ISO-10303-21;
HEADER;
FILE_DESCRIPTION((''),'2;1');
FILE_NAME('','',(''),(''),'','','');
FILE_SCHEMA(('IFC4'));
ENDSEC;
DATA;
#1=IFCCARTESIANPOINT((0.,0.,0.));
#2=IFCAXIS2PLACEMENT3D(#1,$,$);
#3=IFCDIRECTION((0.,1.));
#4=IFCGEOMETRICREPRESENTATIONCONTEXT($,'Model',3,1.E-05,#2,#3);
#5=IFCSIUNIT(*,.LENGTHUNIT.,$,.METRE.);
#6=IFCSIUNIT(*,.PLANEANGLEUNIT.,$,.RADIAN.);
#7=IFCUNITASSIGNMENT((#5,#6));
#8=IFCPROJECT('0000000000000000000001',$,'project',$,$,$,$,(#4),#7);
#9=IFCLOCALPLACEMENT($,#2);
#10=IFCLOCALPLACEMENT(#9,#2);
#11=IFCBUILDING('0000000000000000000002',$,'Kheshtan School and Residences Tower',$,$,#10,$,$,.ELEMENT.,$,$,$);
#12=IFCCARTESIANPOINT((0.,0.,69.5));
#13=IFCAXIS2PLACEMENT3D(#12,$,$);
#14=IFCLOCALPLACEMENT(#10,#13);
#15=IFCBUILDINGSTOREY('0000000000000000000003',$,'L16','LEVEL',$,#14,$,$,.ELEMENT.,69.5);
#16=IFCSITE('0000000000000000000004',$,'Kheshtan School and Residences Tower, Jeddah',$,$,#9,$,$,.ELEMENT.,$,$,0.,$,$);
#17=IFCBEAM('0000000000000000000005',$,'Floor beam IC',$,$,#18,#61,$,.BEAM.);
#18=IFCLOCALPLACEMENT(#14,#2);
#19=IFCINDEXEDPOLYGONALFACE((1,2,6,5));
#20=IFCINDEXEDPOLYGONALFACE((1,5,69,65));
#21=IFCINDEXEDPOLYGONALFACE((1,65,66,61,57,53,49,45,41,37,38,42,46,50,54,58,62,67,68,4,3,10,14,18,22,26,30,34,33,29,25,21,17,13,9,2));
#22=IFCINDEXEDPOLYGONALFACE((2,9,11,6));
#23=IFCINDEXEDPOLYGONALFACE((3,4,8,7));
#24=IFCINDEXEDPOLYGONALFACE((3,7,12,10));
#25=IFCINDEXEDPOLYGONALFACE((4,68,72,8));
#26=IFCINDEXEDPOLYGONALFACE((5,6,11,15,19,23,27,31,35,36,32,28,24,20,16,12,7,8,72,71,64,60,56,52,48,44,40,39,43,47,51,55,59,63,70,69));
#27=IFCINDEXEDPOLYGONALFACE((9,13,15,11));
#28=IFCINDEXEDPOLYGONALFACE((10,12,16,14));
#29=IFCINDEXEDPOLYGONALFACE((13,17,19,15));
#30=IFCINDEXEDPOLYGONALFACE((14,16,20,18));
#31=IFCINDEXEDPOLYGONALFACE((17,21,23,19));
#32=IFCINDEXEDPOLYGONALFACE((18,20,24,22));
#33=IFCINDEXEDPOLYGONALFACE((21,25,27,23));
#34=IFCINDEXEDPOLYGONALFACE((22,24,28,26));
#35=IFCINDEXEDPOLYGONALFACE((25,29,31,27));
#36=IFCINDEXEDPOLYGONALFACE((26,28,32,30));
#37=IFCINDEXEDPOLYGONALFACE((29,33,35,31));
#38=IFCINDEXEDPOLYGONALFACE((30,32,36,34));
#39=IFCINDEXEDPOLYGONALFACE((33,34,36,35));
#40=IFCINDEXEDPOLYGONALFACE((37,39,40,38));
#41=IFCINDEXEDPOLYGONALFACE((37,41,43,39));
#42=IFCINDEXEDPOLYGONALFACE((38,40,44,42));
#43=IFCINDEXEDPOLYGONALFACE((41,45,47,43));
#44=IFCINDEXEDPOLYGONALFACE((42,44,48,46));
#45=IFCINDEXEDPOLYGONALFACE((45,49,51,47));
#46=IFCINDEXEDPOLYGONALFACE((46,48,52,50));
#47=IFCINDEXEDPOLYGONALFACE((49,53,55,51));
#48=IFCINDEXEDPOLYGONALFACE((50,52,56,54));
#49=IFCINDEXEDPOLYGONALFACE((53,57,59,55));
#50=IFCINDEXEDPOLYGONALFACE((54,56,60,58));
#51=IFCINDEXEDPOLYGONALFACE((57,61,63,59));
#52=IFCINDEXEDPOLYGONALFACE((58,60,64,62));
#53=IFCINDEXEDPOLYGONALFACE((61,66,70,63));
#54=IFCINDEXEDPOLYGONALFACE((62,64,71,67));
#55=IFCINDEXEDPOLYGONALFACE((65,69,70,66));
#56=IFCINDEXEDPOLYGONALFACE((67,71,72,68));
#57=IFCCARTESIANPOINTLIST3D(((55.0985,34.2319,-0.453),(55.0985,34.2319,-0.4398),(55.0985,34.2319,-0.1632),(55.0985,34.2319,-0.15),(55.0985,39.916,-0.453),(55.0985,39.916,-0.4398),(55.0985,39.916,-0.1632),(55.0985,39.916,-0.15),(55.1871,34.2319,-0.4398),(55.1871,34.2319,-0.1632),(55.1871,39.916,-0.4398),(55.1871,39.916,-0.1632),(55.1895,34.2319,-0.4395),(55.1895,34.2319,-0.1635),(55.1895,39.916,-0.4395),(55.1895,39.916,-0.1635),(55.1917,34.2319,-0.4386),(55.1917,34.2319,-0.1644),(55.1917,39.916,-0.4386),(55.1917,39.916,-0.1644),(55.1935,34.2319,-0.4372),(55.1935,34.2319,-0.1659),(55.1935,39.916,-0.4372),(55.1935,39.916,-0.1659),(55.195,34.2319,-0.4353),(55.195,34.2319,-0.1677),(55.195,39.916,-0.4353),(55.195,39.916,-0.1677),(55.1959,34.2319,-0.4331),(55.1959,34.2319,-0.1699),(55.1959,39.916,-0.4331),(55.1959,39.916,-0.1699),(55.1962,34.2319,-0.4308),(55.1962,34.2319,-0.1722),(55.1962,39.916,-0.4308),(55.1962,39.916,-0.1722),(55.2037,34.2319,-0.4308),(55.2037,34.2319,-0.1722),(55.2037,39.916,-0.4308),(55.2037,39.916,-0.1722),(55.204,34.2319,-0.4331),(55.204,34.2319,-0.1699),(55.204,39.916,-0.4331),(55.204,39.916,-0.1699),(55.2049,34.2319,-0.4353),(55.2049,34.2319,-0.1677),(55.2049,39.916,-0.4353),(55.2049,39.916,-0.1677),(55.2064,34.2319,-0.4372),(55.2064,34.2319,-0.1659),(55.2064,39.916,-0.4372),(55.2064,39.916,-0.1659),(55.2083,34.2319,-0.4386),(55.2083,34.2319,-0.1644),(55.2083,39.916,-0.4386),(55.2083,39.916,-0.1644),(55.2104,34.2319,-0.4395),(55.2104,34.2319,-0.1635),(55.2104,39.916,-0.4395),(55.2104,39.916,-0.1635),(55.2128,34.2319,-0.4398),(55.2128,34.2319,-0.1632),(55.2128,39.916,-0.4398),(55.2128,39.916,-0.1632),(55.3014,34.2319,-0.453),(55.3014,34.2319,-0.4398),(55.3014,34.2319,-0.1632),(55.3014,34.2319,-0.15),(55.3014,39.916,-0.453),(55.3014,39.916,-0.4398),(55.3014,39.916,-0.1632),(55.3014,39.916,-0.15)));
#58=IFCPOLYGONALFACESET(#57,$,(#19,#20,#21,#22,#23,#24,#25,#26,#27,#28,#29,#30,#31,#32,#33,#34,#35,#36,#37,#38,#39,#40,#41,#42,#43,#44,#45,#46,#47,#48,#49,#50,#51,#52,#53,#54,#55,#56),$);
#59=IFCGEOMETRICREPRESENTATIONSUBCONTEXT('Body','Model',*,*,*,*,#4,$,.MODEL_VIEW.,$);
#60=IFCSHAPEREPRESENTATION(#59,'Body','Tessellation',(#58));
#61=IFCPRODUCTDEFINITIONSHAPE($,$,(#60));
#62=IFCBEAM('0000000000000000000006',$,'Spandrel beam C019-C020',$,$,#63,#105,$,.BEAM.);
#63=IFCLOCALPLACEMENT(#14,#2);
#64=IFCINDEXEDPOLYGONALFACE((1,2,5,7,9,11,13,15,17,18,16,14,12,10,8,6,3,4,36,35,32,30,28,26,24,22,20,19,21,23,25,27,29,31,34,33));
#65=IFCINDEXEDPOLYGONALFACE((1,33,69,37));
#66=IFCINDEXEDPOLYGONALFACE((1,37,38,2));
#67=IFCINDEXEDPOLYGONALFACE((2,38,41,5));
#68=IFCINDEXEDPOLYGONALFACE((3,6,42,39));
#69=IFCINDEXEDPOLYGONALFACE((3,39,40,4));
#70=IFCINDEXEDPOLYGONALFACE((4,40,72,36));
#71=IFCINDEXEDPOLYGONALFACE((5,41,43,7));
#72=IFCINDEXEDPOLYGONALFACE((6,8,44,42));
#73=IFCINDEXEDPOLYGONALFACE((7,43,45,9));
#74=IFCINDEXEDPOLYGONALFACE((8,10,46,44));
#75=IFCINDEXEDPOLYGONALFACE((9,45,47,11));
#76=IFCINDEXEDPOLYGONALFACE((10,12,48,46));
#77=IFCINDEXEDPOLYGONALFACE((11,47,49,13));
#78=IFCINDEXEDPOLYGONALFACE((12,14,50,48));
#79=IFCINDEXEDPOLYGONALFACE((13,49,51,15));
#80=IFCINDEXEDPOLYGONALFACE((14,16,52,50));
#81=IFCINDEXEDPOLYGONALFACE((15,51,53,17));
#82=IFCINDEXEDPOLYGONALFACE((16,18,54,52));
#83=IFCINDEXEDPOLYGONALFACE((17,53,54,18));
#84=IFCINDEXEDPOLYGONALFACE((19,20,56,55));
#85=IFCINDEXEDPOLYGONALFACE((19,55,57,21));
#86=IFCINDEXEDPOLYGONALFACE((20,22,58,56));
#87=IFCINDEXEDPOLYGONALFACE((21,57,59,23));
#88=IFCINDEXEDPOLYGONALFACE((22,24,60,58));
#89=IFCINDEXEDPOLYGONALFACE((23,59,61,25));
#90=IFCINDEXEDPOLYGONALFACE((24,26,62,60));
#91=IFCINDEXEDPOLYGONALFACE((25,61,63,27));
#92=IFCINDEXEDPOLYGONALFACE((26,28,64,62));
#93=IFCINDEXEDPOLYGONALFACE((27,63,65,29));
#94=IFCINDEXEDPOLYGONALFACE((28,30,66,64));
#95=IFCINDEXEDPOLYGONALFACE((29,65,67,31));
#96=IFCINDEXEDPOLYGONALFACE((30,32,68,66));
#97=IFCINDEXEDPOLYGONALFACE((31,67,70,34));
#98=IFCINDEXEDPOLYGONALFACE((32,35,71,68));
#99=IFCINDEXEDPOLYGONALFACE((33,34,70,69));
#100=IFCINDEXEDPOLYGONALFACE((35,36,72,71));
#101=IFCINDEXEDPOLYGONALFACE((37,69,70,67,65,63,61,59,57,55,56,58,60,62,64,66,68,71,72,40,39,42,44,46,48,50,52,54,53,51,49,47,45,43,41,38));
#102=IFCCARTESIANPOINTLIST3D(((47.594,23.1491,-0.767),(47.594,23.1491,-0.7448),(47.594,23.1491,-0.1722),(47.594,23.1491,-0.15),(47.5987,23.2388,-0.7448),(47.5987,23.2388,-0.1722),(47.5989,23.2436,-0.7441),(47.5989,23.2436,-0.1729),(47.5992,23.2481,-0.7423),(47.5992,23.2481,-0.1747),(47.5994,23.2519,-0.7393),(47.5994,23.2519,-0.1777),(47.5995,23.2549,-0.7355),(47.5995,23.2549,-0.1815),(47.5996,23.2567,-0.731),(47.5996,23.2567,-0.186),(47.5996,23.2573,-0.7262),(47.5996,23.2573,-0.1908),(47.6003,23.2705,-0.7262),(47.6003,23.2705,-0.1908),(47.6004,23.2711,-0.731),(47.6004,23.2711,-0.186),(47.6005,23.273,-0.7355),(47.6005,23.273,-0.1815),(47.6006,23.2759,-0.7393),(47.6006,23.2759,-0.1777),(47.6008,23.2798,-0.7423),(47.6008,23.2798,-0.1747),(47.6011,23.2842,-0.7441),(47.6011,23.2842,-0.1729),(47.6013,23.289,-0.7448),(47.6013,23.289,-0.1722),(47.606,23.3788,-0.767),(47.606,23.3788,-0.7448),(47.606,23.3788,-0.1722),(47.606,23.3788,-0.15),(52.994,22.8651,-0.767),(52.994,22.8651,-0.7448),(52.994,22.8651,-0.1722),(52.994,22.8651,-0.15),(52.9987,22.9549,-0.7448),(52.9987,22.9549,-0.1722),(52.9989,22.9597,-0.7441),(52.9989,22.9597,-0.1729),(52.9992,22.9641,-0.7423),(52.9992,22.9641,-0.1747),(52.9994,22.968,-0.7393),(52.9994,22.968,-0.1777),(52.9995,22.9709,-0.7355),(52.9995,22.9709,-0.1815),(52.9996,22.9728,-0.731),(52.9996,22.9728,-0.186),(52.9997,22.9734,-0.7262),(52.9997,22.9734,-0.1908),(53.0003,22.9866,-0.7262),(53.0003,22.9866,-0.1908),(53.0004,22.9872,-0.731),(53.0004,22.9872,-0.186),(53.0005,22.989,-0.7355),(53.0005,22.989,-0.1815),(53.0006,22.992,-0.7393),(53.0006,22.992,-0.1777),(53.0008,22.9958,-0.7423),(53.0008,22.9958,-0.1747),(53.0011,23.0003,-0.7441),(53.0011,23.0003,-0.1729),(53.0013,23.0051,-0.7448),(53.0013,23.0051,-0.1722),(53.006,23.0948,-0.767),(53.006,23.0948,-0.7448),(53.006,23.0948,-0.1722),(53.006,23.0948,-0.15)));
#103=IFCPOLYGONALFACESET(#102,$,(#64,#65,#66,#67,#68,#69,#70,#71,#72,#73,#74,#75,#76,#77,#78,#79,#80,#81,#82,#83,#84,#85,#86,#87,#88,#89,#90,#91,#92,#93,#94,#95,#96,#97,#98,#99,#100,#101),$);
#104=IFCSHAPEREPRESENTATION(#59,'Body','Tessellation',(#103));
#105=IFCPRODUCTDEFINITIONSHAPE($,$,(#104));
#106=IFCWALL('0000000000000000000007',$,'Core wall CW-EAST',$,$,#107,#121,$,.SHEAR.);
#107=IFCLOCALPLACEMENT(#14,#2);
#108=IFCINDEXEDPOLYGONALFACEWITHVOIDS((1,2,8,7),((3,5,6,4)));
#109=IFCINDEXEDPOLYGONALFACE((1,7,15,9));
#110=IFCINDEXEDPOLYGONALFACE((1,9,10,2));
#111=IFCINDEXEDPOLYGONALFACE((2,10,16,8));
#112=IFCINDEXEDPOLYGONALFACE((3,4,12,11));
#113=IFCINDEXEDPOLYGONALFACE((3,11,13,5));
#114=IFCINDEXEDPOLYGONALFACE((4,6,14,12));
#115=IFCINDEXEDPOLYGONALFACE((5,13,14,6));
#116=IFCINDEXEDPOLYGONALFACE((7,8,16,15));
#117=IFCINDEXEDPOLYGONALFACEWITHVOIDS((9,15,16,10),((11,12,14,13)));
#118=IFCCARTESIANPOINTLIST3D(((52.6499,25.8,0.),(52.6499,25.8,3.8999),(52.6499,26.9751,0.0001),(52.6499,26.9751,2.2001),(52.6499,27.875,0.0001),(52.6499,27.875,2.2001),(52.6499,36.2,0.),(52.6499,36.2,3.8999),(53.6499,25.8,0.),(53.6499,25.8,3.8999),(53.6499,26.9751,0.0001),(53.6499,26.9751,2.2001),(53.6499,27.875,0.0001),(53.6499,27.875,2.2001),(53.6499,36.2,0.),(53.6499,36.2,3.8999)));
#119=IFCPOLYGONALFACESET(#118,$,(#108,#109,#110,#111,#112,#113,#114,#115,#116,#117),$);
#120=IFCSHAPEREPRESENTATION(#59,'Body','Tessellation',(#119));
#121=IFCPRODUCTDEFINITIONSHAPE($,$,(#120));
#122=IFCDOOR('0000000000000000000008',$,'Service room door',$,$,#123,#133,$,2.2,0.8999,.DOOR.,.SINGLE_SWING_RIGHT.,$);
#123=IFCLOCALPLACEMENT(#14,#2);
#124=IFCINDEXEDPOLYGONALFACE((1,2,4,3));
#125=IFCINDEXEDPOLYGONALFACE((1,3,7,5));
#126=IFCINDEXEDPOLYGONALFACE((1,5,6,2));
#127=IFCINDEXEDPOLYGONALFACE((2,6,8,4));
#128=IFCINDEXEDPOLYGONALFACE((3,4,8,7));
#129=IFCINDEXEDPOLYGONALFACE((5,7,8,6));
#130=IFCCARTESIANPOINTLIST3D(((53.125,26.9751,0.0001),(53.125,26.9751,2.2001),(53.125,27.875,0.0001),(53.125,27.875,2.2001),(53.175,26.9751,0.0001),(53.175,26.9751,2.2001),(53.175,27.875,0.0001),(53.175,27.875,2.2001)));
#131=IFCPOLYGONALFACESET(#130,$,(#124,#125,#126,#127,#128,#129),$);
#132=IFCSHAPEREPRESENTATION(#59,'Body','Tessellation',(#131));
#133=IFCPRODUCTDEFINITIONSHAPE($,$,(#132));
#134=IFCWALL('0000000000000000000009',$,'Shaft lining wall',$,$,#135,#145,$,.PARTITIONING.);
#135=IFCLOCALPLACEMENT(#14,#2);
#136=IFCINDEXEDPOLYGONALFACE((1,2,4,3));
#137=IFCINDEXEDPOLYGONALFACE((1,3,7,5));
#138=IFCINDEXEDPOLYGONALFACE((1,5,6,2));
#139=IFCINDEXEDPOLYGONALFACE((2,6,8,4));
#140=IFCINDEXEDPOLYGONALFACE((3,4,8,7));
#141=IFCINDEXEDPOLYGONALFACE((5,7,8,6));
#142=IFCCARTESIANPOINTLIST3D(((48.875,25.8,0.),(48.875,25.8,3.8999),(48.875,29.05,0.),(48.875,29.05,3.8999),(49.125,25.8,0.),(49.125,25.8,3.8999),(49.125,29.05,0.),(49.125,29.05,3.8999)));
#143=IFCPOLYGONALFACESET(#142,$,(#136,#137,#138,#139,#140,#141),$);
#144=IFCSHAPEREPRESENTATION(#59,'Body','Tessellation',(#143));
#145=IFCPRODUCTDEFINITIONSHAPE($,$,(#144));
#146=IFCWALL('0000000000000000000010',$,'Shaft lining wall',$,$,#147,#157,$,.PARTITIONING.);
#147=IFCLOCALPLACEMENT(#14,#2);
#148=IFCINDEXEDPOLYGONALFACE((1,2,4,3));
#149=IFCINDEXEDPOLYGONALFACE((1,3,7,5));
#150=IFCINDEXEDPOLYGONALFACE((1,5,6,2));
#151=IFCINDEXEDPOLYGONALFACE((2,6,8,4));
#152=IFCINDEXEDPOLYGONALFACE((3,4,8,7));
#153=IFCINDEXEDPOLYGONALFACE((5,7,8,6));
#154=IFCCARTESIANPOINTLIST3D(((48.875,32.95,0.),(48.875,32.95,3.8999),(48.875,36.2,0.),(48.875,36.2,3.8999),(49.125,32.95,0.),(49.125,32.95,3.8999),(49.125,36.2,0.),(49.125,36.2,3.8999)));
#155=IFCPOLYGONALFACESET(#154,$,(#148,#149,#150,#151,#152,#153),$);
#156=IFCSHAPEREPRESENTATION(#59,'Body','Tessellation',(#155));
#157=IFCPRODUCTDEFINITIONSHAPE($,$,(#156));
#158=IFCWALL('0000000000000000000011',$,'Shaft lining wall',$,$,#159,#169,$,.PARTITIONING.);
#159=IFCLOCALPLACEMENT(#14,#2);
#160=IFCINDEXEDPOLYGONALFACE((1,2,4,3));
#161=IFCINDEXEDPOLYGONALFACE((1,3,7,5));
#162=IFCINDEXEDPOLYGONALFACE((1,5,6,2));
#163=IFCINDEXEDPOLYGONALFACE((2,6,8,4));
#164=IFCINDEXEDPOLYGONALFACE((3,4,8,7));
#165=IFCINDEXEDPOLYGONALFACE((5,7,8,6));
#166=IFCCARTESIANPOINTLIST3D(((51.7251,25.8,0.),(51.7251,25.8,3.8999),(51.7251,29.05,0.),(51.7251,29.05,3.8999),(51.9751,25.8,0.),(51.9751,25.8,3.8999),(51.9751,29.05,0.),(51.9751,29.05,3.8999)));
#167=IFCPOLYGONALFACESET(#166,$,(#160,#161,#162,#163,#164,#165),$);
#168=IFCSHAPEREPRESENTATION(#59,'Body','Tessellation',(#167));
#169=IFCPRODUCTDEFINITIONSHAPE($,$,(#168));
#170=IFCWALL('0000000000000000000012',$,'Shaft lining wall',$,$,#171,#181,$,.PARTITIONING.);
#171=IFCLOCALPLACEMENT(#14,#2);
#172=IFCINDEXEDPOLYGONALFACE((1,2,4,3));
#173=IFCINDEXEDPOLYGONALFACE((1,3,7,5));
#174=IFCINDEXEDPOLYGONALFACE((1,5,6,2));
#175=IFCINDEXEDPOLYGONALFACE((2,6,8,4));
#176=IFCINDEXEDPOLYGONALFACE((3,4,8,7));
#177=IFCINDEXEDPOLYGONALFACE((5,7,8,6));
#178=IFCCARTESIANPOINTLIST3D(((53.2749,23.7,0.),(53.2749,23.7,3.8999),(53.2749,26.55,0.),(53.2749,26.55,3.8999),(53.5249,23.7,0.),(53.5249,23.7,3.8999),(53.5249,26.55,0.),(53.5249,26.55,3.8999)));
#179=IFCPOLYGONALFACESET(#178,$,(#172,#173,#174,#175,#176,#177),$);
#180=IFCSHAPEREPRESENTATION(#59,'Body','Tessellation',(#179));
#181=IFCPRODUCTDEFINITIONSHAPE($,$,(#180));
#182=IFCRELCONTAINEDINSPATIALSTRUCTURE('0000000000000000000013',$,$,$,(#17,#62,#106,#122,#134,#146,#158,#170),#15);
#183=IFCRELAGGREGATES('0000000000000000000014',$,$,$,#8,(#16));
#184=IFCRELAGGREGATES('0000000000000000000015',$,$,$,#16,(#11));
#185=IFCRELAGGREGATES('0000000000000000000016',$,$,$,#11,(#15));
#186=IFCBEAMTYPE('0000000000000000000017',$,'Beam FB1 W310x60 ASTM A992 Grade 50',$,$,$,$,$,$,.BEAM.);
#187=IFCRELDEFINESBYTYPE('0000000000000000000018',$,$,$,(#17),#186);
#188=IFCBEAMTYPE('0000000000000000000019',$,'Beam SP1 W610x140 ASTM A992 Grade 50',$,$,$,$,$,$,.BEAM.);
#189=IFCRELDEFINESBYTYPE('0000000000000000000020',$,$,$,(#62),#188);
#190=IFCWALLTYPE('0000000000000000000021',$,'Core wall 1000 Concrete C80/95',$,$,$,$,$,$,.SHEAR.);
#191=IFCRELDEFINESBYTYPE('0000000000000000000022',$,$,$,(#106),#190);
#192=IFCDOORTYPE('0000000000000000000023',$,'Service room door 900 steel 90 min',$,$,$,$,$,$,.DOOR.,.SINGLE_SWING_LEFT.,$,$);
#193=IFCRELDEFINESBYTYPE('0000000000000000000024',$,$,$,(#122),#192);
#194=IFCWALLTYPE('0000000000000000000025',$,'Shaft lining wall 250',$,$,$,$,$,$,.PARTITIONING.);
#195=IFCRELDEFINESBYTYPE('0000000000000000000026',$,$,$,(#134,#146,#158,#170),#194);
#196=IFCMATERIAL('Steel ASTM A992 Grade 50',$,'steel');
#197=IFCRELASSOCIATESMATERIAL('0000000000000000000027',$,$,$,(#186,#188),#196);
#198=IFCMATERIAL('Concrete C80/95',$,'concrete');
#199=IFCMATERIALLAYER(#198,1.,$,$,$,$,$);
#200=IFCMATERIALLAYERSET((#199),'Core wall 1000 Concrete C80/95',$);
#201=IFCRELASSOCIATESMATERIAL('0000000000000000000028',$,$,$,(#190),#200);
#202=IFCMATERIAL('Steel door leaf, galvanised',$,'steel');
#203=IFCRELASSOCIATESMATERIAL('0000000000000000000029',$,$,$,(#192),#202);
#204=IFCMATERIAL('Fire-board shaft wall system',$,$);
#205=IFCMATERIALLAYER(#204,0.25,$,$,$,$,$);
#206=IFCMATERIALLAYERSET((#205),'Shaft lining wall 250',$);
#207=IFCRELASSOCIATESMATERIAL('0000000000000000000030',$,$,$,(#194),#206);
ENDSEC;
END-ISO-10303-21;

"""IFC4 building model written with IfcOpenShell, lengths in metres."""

from ifc_helpers import new_model, si_unit, direction, frame, frame_2d, origin, origin_2d, place, context, subcontext, project, spatial, rectangle, i_section, extrude, source, transform, mapped, material, layer, layer_set, material_profile, profile_set, type_object, element, fill, save


model = new_model("IFC4")

# Units and contexts
model_context = context("Model", 3, precision=1e-05, world=origin(), true_north=direction((0.0, 1.0)))
body_context = subcontext(model_context, "Body", "Model", "MODEL_VIEW")
ifc_project = project(units=[si_unit("LENGTHUNIT", "METRE"), si_unit("PLANEANGLEUNIT", "RADIAN")], contexts=[model_context])

# Site, building, storey
site_placement = place(None, origin())
site = spatial("IfcSite", under=ifc_project, at=site_placement, Name="Kheshtan School and Residences Tower, Jeddah", CompositionType="ELEMENT", RefElevation=0.0)
building_placement = place(site_placement, origin())
building = spatial("IfcBuilding", under=site, at=building_placement, Name="Kheshtan School and Residences Tower", CompositionType="ELEMENT")
storey_placement = place(building_placement, frame((0.0, 0.0, 69.5)))
storey = spatial("IfcBuildingStorey", under=building, at=storey_placement, Name="L16", Description="LEVEL", CompositionType="ELEMENT", Elevation=69.5)

# Shared definitions
ifc_material_1 = material(Name="Steel ASTM A992 Grade 50", Category="steel")

# Beams
ifc_material_profile_1 = material_profile(ifc_material_1, i_section(OverallWidth=0.2029, OverallDepth=0.303, WebThickness=0.0076, FlangeThickness=0.0132, FilletRadius=0.009, at=origin_2d()), Name="W310x60")
ifc_profile_set_1 = profile_set([ifc_material_profile_1], Name="Steel ASTM A992 Grade 50")
beam_type_1 = type_object("IfcBeamType", Name="Beam FB1 W310x60 ASTM A992 Grade 50", PredefinedType="BEAM", material=ifc_profile_set_1)
beam_1_placement = place(storey_placement, frame((55.2, 34.2319, -0.3015), z_axis=(0.0, 1.0, 0.0), x_axis=(-1.0, 0.0, 0.0)))
element("IfcBeam", 1, at=beam_1_placement, inside=storey, type_object=beam_type_1, Name="Floor beam IC", PredefinedType="BEAM", context=body_context, shape_type="SweptSolid", body=[
    extrude(i_section(OverallWidth=0.2029, OverallDepth=0.303, WebThickness=0.0076, FlangeThickness=0.0132, FilletRadius=0.009, at=origin_2d()), origin(), (0.0, 0.0, 1.0), 5.6841),
])
ifc_material_profile_2 = material_profile(ifc_material_1, i_section(OverallWidth=0.23, OverallDepth=0.6169, WebThickness=0.0132, FlangeThickness=0.0222, FilletRadius=0.0186, at=origin_2d()), Name="W610x140")
ifc_profile_set_2 = profile_set([ifc_material_profile_2], Name="Steel ASTM A992 Grade 50")
beam_type_2 = type_object("IfcBeamType", Name="Beam SP1 W610x140 ASTM A992 Grade 50", PredefinedType="BEAM", material=ifc_profile_set_2)
beam_2_placement = place(storey_placement, frame((53.0, 22.98, -0.4585), z_axis=(-0.99862, 0.052509, 0.0), x_axis=(-0.052509, -0.99862, 0.0)))
element("IfcBeam", 2, at=beam_2_placement, inside=storey, type_object=beam_type_2, Name="Spandrel beam C019-C020", PredefinedType="BEAM", context=body_context, shape_type="SweptSolid", body=[
    extrude(i_section(OverallWidth=0.23, OverallDepth=0.6169, WebThickness=0.0132, FlangeThickness=0.0222, FilletRadius=0.0186, at=origin_2d()), origin(), (0.0, 0.0, 1.0), 5.4075),
])

# Wall, opening, door
ifc_material_2 = material(Name="Concrete C80/95", Category="concrete")
ifc_layer_1 = layer(ifc_material_2, 1.0)
ifc_layer_set_1 = layer_set([ifc_layer_1], Name="Core wall 1000 Concrete C80/95")
wall_type_1 = type_object("IfcWallType", Name="Core wall 1000 Concrete C80/95", PredefinedType="SHEAR", material=ifc_layer_set_1)
wall_1_placement = place(storey_placement, frame((53.1499, 25.8, 0.0), z_axis=(0.0, 0.0, 1.0), x_axis=(0.0, 1.0, 0.0)))
wall_1 = element("IfcWall", 3, at=wall_1_placement, inside=storey, type_object=wall_type_1, Name="Core wall CW-EAST", PredefinedType="SHEAR", context=body_context, shape_type="SweptSolid", body=[
    extrude(rectangle(XDim=10.3999, YDim=1.0, at=frame_2d((5.2, 0.0))), origin(), (0.0, 0.0, 1.0), 3.8999),
])
opening_1_placement = place(wall_1_placement, frame((1.175, 0.0, 0.0)))
opening_1 = element("IfcOpeningElement", 4, at=opening_1_placement, cuts=wall_1, PredefinedType="OPENING", context=body_context, shape_type="SweptSolid", body=[
    extrude(rectangle(XDim=0.8999, YDim=2.2, at=frame_2d((0.45, 1.1001))), frame((0.0, 0.51, 0.0), z_axis=(0.0, -1.0, 0.0), x_axis=(1.0, 0.0, 0.0)), (0.0, 0.0, 1.0), 1.02),
])
ifc_material_3 = material(Name="Steel door leaf, galvanised", Category="steel")
door_type_1 = type_object("IfcDoorType", Name="Service room door 900 steel 90 min", OperationType="SINGLE_SWING_LEFT", PredefinedType="DOOR", material=ifc_material_3)
shared_shape_1 = source(origin(), body_context, "Body", "SweptSolid", [
    extrude(rectangle(XDim=0.8999, YDim=2.2, at=frame_2d((0.45, 1.1001))), frame((0.0, 0.0249, 0.0), z_axis=(0.0, -1.0, 0.0), x_axis=(1.0, 0.0, 0.0)), (0.0, 0.0, 1.0), 0.05),
])
door_1_placement = place(opening_1_placement, origin())
door_1 = element("IfcDoor", 5, at=door_1_placement, inside=storey, type_object=door_type_1, Name="Service room door", OperationType="SINGLE_SWING_RIGHT", OverallHeight=2.2, OverallWidth=0.8999, PredefinedType="DOOR", context=body_context, shape_type="MappedRepresentation", body=[
    mapped(shared_shape_1, transform((0.0, 0.0, 0.0), x_axis=(1.0, 0.0, 0.0), y_axis=(0.0, 1.0, 0.0), z_axis=(0.0, 0.0, 1.0), scale=1.0)),
])
fill(opening_1, door_1)

# Walls
ifc_material_4 = material(Name="Fire-board shaft wall system")
ifc_layer_2 = layer(ifc_material_4, 0.25)
ifc_layer_set_2 = layer_set([ifc_layer_2], Name="Shaft lining wall 250")
wall_type_2 = type_object("IfcWallType", Name="Shaft lining wall 250", PredefinedType="PARTITIONING", material=ifc_layer_set_2)
for number, where, z_axis, x_axis, name in (
    (6, (49.0, 25.8, 0.0), (0.0, 0.0, 1.0), (0.0, 1.0, 0.0), "Shaft lining wall"),
    (7, (49.0, 32.95, 0.0), (0.0, 0.0, 1.0), (0.0, 1.0, 0.0), "Shaft lining wall"),
    (8, (51.8501, 25.8, 0.0), (0.0, 0.0, 1.0), (0.0, 1.0, 0.0), "Shaft lining wall"),
):
    element("IfcWall", number, at=place(storey_placement, frame(where, z_axis=z_axis, x_axis=x_axis)), inside=storey, type_object=wall_type_2, Name=name, PredefinedType="PARTITIONING", context=body_context, shape_type="SweptSolid", body=[
        extrude(rectangle(XDim=3.25, YDim=0.25, at=frame_2d((1.625, 0.0))), origin(), (0.0, 0.0, 1.0), 3.8999),
    ])
wall_2_placement = place(storey_placement, frame((53.3999, 23.7, 0.0), z_axis=(0.0, 0.0, 1.0), x_axis=(0.0, 1.0, 0.0)))
element("IfcWall", 9, at=wall_2_placement, inside=storey, type_object=wall_type_2, Name="Shaft lining wall", PredefinedType="PARTITIONING", context=body_context, shape_type="SweptSolid", body=[
    extrude(rectangle(XDim=2.8501, YDim=0.25, at=frame_2d((1.425, 0.0))), origin(), (0.0, 0.0, 1.0), 3.8999),
])

save(model, "model.ifc")
